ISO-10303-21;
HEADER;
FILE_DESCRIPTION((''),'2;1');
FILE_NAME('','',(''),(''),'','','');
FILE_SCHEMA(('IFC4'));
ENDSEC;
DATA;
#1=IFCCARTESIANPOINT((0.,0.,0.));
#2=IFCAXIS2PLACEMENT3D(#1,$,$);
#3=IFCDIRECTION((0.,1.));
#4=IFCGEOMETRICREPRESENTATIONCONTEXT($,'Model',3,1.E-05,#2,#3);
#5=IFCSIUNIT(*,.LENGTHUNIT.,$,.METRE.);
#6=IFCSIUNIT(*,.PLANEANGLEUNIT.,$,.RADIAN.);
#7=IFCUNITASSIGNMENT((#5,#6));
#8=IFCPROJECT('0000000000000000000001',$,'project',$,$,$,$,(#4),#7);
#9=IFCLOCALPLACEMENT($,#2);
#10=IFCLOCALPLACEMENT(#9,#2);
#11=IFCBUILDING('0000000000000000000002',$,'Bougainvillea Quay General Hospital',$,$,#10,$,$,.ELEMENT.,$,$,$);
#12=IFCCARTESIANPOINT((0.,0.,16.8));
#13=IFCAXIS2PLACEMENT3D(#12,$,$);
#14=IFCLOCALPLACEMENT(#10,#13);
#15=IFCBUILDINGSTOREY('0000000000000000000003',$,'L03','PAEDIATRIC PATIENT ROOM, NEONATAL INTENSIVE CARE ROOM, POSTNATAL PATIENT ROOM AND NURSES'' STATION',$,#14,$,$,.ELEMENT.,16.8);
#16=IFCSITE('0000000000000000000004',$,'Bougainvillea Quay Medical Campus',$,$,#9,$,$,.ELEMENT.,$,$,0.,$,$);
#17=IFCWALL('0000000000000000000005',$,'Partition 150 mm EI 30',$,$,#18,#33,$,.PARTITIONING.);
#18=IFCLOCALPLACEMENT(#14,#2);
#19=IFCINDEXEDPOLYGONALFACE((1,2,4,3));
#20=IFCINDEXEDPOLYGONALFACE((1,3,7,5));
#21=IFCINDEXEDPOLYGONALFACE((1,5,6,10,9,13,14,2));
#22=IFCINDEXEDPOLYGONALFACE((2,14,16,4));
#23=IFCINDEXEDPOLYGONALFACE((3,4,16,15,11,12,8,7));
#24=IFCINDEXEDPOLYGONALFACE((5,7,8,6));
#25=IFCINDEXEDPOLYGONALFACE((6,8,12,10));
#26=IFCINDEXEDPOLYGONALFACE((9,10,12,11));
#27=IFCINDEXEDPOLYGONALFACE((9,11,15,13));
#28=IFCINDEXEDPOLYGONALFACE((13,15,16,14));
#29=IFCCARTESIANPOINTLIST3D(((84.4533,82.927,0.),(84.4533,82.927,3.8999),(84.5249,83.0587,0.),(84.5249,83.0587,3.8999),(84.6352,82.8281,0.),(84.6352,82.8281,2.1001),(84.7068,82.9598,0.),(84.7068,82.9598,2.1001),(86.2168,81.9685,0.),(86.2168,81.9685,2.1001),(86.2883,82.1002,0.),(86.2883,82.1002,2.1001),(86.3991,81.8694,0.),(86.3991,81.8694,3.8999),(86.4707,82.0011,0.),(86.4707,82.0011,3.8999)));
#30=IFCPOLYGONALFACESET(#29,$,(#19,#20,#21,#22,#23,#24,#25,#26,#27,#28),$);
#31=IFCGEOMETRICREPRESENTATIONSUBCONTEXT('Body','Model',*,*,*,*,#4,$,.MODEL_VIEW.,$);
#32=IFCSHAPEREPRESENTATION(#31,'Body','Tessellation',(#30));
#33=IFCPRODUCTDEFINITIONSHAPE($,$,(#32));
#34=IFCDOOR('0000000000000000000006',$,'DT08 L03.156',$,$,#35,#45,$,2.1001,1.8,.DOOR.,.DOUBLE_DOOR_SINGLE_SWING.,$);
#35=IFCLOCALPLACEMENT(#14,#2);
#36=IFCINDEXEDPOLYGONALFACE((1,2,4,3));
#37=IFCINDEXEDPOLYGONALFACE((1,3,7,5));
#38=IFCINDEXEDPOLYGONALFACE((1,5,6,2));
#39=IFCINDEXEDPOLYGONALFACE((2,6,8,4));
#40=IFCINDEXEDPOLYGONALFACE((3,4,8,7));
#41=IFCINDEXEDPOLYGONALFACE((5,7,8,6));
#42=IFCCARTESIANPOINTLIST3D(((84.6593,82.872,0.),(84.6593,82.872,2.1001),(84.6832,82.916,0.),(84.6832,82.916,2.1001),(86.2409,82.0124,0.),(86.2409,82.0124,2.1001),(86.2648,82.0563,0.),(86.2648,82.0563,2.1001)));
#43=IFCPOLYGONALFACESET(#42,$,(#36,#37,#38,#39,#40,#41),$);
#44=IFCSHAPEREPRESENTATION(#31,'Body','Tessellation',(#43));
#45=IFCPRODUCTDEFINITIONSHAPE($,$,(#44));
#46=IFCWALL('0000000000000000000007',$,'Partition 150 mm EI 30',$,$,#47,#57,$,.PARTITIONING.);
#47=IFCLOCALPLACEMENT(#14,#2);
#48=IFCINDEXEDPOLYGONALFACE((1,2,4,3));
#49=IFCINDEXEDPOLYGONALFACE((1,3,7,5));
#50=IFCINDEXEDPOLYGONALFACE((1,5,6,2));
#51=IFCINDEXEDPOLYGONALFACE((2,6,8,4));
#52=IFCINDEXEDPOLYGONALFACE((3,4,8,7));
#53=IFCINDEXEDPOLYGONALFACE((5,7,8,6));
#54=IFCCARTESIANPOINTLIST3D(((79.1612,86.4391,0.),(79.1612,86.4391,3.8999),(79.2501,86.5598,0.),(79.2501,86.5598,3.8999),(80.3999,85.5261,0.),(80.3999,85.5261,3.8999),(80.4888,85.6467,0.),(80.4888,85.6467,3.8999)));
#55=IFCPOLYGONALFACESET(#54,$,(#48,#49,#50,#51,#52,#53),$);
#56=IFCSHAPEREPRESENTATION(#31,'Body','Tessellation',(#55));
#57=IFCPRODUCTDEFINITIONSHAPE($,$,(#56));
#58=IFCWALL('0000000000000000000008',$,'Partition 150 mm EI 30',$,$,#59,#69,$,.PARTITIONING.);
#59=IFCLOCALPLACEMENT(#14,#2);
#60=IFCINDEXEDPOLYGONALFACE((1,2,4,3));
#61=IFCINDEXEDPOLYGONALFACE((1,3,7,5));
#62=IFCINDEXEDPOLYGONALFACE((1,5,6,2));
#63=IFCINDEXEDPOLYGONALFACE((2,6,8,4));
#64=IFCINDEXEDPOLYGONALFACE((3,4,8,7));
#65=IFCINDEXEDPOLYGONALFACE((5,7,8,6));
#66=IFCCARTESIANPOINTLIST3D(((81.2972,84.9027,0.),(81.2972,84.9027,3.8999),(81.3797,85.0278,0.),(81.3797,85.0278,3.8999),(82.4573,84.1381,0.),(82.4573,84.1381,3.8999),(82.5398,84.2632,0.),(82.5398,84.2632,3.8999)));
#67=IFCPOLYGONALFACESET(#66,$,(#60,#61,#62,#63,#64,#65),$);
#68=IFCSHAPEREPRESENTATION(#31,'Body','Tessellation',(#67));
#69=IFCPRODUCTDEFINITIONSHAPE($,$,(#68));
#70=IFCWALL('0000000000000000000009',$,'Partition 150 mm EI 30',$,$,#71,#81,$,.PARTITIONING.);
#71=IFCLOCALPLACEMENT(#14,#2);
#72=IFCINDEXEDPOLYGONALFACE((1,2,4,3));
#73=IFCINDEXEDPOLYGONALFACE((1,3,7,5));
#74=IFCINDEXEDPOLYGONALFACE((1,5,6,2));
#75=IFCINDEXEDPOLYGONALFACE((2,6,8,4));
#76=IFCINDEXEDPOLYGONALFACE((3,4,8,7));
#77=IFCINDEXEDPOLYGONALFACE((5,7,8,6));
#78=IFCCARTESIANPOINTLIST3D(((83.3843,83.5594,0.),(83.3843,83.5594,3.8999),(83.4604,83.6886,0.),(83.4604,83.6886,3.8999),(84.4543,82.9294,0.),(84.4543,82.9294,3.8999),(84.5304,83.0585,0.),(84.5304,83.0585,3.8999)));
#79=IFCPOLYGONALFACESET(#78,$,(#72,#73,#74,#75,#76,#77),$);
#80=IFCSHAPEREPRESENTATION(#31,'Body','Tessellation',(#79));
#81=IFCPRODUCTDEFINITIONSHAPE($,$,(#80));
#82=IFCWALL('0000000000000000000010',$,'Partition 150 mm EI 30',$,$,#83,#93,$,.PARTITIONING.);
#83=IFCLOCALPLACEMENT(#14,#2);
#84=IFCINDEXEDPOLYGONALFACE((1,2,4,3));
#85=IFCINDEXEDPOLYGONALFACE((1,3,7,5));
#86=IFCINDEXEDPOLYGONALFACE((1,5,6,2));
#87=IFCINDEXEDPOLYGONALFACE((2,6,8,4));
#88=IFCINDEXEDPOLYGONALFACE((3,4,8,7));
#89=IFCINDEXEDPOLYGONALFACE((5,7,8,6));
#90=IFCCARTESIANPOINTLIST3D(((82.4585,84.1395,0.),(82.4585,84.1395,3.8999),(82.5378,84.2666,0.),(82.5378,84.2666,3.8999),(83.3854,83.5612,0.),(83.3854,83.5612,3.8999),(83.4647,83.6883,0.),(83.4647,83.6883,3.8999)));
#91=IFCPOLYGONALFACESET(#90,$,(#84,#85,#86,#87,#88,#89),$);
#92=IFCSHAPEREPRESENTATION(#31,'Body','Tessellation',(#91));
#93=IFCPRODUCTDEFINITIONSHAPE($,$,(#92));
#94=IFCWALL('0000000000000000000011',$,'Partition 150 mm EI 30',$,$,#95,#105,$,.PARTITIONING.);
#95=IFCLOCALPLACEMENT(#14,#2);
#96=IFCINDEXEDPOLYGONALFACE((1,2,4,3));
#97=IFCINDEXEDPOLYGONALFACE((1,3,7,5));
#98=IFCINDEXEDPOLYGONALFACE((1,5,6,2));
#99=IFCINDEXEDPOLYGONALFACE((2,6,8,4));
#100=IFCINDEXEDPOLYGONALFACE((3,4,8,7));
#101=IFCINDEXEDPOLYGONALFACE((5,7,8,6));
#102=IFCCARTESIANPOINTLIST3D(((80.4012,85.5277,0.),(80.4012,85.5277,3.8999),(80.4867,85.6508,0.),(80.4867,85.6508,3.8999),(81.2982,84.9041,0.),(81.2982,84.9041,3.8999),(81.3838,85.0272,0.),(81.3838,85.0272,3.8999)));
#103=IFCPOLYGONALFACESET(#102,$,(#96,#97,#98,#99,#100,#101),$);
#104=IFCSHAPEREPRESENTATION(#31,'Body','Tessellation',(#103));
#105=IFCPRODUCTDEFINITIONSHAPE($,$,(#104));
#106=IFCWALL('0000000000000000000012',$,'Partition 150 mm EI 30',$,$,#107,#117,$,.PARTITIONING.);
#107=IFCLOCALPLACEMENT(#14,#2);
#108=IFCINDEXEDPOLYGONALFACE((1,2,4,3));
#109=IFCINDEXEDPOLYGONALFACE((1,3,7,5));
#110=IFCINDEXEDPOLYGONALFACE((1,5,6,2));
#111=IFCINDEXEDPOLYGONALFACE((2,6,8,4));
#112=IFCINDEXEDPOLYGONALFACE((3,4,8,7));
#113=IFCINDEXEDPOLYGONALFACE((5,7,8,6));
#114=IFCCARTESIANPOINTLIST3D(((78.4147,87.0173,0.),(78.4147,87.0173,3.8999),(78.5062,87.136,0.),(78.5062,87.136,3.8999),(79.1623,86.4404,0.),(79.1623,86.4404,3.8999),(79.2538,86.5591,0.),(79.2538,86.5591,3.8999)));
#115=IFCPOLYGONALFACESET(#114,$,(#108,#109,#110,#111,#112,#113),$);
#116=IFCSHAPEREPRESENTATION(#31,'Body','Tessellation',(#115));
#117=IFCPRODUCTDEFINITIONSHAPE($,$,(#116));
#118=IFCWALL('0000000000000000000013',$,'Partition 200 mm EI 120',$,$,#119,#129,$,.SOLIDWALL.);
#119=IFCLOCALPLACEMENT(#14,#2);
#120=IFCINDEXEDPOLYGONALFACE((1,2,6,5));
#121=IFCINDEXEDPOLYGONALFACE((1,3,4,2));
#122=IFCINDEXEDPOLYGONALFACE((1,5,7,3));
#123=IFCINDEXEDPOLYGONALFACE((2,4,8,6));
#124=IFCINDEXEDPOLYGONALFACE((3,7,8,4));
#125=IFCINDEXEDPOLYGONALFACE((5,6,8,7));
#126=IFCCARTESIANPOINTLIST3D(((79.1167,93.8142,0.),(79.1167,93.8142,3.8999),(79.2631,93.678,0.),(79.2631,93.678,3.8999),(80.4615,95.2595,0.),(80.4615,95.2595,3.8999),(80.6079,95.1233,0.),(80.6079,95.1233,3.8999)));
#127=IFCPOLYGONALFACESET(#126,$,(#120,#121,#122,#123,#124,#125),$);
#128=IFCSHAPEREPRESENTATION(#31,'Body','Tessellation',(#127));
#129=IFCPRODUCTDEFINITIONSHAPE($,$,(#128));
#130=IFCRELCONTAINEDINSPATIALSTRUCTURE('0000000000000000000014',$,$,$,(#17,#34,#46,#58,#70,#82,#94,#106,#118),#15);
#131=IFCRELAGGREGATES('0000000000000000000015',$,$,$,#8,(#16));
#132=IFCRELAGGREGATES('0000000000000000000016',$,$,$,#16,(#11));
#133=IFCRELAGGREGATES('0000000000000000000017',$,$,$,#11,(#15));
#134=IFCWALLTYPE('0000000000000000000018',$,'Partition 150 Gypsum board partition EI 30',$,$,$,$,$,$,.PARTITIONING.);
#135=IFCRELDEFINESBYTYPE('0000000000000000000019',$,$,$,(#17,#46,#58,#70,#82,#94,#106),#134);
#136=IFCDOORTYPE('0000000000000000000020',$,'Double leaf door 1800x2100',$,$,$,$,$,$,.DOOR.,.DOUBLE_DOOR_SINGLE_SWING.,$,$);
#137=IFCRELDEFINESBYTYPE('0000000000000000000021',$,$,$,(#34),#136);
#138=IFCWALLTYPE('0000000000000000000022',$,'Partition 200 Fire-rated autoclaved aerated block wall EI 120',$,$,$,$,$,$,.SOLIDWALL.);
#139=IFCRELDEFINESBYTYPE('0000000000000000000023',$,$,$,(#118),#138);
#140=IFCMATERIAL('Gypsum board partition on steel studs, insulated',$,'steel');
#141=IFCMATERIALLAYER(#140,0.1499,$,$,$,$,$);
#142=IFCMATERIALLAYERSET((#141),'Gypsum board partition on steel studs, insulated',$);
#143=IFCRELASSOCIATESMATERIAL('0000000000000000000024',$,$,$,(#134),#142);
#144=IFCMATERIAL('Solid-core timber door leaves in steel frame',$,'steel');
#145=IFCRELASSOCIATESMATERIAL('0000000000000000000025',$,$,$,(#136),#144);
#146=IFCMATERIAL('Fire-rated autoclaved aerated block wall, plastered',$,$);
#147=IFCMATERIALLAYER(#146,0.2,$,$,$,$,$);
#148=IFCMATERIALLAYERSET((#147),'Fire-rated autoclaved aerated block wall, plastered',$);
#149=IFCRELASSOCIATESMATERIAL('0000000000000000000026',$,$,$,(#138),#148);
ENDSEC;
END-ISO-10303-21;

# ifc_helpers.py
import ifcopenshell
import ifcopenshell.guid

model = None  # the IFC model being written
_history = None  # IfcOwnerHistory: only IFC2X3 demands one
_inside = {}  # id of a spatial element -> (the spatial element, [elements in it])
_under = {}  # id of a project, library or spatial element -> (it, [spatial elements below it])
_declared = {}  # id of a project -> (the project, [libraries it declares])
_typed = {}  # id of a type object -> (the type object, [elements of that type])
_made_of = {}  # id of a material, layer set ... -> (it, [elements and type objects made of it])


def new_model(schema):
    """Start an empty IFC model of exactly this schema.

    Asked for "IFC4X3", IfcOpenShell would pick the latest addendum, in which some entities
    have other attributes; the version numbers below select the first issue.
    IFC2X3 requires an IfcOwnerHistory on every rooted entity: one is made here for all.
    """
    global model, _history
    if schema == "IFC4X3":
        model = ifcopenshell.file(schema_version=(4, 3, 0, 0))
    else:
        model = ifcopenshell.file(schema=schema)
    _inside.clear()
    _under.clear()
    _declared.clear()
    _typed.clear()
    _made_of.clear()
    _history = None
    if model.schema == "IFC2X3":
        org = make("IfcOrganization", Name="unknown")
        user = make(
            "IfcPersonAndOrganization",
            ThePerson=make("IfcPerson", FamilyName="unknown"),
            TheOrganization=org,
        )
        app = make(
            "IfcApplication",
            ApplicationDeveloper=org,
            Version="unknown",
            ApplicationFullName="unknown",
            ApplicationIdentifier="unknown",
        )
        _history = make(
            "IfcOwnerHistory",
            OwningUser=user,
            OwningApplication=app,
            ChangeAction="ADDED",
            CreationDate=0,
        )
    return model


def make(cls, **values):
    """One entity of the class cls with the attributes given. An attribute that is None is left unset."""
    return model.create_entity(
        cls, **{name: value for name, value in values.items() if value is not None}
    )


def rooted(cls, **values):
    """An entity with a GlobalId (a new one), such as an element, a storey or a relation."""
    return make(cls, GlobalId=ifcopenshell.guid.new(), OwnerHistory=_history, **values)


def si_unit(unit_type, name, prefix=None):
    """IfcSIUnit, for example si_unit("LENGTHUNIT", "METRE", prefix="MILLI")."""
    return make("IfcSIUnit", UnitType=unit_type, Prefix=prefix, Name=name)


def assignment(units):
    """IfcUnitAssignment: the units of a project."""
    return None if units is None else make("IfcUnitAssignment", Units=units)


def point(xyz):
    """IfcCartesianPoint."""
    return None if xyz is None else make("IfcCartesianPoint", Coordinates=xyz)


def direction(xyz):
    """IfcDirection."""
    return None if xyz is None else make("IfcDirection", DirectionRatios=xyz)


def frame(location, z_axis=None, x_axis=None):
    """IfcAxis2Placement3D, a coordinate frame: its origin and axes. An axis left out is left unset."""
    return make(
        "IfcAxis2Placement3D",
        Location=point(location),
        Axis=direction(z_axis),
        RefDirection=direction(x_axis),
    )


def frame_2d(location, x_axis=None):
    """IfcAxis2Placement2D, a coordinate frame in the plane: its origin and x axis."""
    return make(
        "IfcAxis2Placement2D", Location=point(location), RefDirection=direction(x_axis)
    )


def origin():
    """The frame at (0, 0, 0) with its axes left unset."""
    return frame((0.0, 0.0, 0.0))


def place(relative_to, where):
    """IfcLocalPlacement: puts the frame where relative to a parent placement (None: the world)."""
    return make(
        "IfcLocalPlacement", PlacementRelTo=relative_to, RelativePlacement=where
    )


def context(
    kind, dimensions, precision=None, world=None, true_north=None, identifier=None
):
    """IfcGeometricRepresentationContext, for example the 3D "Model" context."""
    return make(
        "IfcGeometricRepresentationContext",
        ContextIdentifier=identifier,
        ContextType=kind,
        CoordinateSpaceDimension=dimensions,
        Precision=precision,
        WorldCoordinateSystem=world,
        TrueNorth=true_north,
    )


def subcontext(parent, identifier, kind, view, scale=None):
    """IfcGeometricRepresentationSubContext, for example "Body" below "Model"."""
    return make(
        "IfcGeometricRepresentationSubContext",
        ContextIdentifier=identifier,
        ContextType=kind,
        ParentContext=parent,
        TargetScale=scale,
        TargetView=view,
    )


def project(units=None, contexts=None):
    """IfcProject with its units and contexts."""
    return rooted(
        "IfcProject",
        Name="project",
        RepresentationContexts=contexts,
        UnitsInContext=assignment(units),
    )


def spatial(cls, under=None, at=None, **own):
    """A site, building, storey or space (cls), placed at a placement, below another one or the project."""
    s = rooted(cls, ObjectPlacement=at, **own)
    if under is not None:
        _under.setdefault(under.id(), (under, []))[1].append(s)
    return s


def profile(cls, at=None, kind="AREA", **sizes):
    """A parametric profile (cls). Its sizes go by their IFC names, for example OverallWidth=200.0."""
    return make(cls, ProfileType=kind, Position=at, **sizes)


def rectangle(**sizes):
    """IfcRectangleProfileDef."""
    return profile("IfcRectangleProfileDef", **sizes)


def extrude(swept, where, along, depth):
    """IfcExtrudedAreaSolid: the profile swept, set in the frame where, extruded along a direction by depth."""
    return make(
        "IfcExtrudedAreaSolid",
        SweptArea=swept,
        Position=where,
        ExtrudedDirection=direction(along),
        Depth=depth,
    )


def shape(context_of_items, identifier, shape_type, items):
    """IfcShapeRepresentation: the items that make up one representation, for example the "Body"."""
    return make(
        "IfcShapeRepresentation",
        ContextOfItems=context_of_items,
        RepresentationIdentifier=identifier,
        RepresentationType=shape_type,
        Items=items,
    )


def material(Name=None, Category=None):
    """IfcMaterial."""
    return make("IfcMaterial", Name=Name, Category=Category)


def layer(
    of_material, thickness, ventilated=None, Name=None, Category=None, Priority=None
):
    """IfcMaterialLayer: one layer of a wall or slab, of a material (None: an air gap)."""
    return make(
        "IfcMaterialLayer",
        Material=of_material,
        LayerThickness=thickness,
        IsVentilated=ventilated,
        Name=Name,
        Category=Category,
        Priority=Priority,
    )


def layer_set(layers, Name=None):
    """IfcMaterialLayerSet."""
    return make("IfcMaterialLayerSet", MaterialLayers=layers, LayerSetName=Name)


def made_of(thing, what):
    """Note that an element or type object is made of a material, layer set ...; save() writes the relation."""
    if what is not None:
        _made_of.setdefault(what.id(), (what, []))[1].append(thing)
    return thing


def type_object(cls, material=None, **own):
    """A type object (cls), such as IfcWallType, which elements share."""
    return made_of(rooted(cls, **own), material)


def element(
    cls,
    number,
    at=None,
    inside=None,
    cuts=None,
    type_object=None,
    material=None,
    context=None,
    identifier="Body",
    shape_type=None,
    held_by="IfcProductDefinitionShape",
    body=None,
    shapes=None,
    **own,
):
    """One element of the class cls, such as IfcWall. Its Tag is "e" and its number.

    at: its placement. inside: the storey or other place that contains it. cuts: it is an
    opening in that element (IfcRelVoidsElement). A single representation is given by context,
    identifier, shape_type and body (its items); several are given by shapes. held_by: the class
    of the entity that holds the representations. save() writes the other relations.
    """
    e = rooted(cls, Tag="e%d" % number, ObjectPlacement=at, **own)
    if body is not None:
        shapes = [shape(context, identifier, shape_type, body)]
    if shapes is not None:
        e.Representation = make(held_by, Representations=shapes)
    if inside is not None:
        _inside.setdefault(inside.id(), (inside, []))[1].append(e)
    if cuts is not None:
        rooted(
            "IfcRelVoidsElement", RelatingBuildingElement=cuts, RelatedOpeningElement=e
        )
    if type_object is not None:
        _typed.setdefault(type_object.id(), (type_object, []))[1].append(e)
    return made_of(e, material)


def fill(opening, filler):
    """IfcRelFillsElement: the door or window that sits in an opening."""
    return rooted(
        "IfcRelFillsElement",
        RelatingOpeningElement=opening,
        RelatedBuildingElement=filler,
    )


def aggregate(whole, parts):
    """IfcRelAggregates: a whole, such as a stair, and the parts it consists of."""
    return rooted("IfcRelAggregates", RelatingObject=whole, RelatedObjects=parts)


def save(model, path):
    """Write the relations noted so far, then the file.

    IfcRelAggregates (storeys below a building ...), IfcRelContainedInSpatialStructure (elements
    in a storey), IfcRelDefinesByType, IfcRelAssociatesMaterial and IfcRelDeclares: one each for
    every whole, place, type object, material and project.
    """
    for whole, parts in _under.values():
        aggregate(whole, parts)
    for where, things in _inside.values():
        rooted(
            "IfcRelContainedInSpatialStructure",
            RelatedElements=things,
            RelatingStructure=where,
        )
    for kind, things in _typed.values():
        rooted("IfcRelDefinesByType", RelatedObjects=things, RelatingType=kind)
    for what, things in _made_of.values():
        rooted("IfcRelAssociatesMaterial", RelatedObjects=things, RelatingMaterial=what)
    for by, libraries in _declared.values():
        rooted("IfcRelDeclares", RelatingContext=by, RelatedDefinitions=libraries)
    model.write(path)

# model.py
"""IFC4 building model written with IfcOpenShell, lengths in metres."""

from ifc_helpers import new_model, si_unit, direction, frame, frame_2d, origin, place, context, subcontext, project, spatial, rectangle, extrude, material, layer, layer_set, type_object, element, fill, save


model = new_model("IFC4")

# Units and contexts
model_context = context("Model", 3, precision=1e-05, world=origin(), true_north=direction((0.0, 1.0)))
body_context = subcontext(model_context, "Body", "Model", "MODEL_VIEW")
ifc_project = project(units=[si_unit("LENGTHUNIT", "METRE"), si_unit("PLANEANGLEUNIT", "RADIAN")], contexts=[model_context])

# Site, building, storey
site_placement = place(None, origin())
site = spatial("IfcSite", under=ifc_project, at=site_placement, Name="Bougainvillea Quay Medical Campus", CompositionType="ELEMENT", RefElevation=0.0)
building_placement = place(site_placement, origin())
building = spatial("IfcBuilding", under=site, at=building_placement, Name="Bougainvillea Quay General Hospital", CompositionType="ELEMENT")
storey_placement = place(building_placement, frame((0.0, 0.0, 16.8)))
storey = spatial("IfcBuildingStorey", under=building, at=storey_placement, Name="L03", Description="PAEDIATRIC PATIENT ROOM, NEONATAL INTENSIVE CARE ROOM, POSTNATAL PATIENT ROOM AND NURSES' STATION", CompositionType="ELEMENT", Elevation=16.8)

# Shared definitions
ifc_material_1 = material(Name="Gypsum board partition on steel studs, insulated", Category="steel")
ifc_layer_1 = layer(ifc_material_1, 0.1499)
ifc_layer_set_1 = layer_set([ifc_layer_1], Name="Gypsum board partition on steel studs, insulated")
wall_type_1 = type_object("IfcWallType", Name="Partition 150 Gypsum board partition EI 30", PredefinedType="PARTITIONING", material=ifc_layer_set_1)

# Wall, opening, door
wall_1_placement = place(storey_placement, frame((84.489, 82.9929, 0.0), z_axis=(0.0, 0.0, 1.0), x_axis=(0.878602, -0.477554, 0.0)))
wall_1 = element("IfcWall", 1, at=wall_1_placement, inside=storey, type_object=wall_type_1, Name="Partition 150 mm EI 30", PredefinedType="PARTITIONING", context=body_context, shape_type="SweptSolid", body=[
    extrude(rectangle(XDim=2.2146, YDim=0.1499, at=frame_2d((1.1074, 0.0))), origin(), (0.0, 0.0, 1.0), 3.8999),
])
opening_1_placement = place(wall_1_placement, frame((0.2073, 0.0, 0.0)))
opening_1 = element("IfcOpeningElement", 2, at=opening_1_placement, cuts=wall_1, PredefinedType="OPENING", context=body_context, shape_type="SweptSolid", body=[
    extrude(rectangle(XDim=1.8, YDim=2.1001, at=frame_2d((0.8999, 1.05))), frame((0.0, 0.085, 0.0), z_axis=(0.0, -1.0, 0.0), x_axis=(1.0, 0.0, 0.0)), (0.0, 0.0, 1.0), 0.1699),
])
ifc_material_2 = material(Name="Solid-core timber door leaves in steel frame", Category="steel")
door_type_1 = type_object("IfcDoorType", Name="Double leaf door 1800x2100", OperationType="DOUBLE_DOOR_SINGLE_SWING", PredefinedType="DOOR", material=ifc_material_2)
door_1_placement = place(opening_1_placement, frame((1.8, 0.0, 0.0), z_axis=(0.0, 0.0, 1.0), x_axis=(-1.0, 0.0, 0.0)))
door_1 = element("IfcDoor", 3, at=door_1_placement, inside=storey, type_object=door_type_1, Name="DT08 L03.156", OperationType="DOUBLE_DOOR_SINGLE_SWING", OverallHeight=2.1001, OverallWidth=1.8, PredefinedType="DOOR", context=body_context, shape_type="SweptSolid", body=[
    extrude(rectangle(XDim=1.8, YDim=2.1001, at=frame_2d((0.8999, 1.05))), frame((0.0, 0.0249, 0.0), z_axis=(0.0, -1.0, 0.0), x_axis=(1.0, 0.0, 0.0)), (0.0, 0.0, 1.0), 0.05),
])
fill(opening_1, door_1)

# Walls
wall_2_placement = place(storey_placement, frame((79.2056, 86.4995, 0.0), z_axis=(0.0, 0.0, 1.0), x_axis=(0.80496, -0.593329, 0.0)))
element("IfcWall", 4, at=wall_2_placement, inside=storey, type_object=wall_type_1, Name="Partition 150 mm EI 30", PredefinedType="PARTITIONING", context=body_context, shape_type="SweptSolid", body=[
    extrude(rectangle(XDim=1.5388, YDim=0.1499, at=frame_2d((0.7695, 0.0))), origin(), (0.0, 0.0, 1.0), 3.8999),
])
wall_3_placement = place(storey_placement, frame((81.3384, 84.9653, 0.0), z_axis=(0.0, 0.0, 1.0), x_axis=(0.834958, -0.550313, 0.0)))
element("IfcWall", 5, at=wall_3_placement, inside=storey, type_object=wall_type_1, Name="Partition 150 mm EI 30", PredefinedType="PARTITIONING", context=body_context, shape_type="SweptSolid", body=[
    extrude(rectangle(XDim=1.3894, YDim=0.1499, at=frame_2d((0.6948, 0.0))), origin(), (0.0, 0.0, 1.0), 3.8999),
])
wall_4_placement = place(storey_placement, frame((83.4224, 83.624, 0.0), z_axis=(0.0, 0.0, 1.0), x_axis=(0.861697, -0.507424, 0.0)))
element("IfcWall", 6, at=wall_4_placement, inside=storey, type_object=wall_type_1, Name="Partition 150 mm EI 30", PredefinedType="PARTITIONING", context=body_context, shape_type="SweptSolid", body=[
    extrude(rectangle(XDim=1.2417, YDim=0.1499, at=frame_2d((0.6208, 0.0))), origin(), (0.0, 0.0, 1.0), 3.8999),
])
for number, where, z_axis, x_axis, name in (
    (7, (82.498, 84.2031, 0.0), (0.0, 0.0, 1.0), (0.848412, -0.529336, 0.0), "Partition 150 mm EI 30"),
    (8, (80.4438, 85.5894, 0.0), (0.0, 0.0, 1.0), (0.821096, -0.570789, 0.0), "Partition 150 mm EI 30"),
):
    element("IfcWall", number, at=place(storey_placement, frame(where, z_axis=z_axis, x_axis=x_axis)), inside=storey, type_object=wall_type_1, Name=name, PredefinedType="PARTITIONING", context=body_context, shape_type="SweptSolid", body=[
        extrude(rectangle(XDim=1.0925, YDim=0.1499, at=frame_2d((0.5464, 0.0))), origin(), (0.0, 0.0, 1.0), 3.8999),
    ])
wall_5_placement = place(storey_placement, frame((78.4604, 87.0767, 0.0), z_axis=(0.0, 0.0, 1.0), x_axis=(0.791671, -0.610947, 0.0)))
element("IfcWall", 9, at=wall_5_placement, inside=storey, type_object=wall_type_1, Name="Partition 150 mm EI 30", PredefinedType="PARTITIONING", context=body_context, shape_type="SweptSolid", body=[
    extrude(rectangle(XDim=0.9443, YDim=0.1499, at=frame_2d((0.4722, 0.0))), origin(), (0.0, 0.0, 1.0), 3.8999),
])
ifc_material_3 = material(Name="Fire-rated autoclaved aerated block wall, plastered")
ifc_layer_2 = layer(ifc_material_3, 0.2)
ifc_layer_set_2 = layer_set([ifc_layer_2], Name="Fire-rated autoclaved aerated block wall, plastered")
wall_type_2 = type_object("IfcWallType", Name="Partition 200 Fire-rated autoclaved aerated block wall EI 120", PredefinedType="SOLIDWALL", material=ifc_layer_set_2)
wall_6_placement = place(storey_placement, frame((79.1899, 93.7461, 0.0), z_axis=(0.0, 0.0, 1.0), x_axis=(0.681172, 0.732124, 0.0)))
element("IfcWall", 10, at=wall_6_placement, inside=storey, type_object=wall_type_2, Name="Partition 200 mm EI 120", PredefinedType="SOLIDWALL", context=body_context, shape_type="SweptSolid", body=[
    extrude(rectangle(XDim=1.9741, YDim=0.2, at=frame_2d((0.9871, 0.0))), origin(), (0.0, 0.0, 1.0), 3.8999),
])

save(model, "model.ifc")
